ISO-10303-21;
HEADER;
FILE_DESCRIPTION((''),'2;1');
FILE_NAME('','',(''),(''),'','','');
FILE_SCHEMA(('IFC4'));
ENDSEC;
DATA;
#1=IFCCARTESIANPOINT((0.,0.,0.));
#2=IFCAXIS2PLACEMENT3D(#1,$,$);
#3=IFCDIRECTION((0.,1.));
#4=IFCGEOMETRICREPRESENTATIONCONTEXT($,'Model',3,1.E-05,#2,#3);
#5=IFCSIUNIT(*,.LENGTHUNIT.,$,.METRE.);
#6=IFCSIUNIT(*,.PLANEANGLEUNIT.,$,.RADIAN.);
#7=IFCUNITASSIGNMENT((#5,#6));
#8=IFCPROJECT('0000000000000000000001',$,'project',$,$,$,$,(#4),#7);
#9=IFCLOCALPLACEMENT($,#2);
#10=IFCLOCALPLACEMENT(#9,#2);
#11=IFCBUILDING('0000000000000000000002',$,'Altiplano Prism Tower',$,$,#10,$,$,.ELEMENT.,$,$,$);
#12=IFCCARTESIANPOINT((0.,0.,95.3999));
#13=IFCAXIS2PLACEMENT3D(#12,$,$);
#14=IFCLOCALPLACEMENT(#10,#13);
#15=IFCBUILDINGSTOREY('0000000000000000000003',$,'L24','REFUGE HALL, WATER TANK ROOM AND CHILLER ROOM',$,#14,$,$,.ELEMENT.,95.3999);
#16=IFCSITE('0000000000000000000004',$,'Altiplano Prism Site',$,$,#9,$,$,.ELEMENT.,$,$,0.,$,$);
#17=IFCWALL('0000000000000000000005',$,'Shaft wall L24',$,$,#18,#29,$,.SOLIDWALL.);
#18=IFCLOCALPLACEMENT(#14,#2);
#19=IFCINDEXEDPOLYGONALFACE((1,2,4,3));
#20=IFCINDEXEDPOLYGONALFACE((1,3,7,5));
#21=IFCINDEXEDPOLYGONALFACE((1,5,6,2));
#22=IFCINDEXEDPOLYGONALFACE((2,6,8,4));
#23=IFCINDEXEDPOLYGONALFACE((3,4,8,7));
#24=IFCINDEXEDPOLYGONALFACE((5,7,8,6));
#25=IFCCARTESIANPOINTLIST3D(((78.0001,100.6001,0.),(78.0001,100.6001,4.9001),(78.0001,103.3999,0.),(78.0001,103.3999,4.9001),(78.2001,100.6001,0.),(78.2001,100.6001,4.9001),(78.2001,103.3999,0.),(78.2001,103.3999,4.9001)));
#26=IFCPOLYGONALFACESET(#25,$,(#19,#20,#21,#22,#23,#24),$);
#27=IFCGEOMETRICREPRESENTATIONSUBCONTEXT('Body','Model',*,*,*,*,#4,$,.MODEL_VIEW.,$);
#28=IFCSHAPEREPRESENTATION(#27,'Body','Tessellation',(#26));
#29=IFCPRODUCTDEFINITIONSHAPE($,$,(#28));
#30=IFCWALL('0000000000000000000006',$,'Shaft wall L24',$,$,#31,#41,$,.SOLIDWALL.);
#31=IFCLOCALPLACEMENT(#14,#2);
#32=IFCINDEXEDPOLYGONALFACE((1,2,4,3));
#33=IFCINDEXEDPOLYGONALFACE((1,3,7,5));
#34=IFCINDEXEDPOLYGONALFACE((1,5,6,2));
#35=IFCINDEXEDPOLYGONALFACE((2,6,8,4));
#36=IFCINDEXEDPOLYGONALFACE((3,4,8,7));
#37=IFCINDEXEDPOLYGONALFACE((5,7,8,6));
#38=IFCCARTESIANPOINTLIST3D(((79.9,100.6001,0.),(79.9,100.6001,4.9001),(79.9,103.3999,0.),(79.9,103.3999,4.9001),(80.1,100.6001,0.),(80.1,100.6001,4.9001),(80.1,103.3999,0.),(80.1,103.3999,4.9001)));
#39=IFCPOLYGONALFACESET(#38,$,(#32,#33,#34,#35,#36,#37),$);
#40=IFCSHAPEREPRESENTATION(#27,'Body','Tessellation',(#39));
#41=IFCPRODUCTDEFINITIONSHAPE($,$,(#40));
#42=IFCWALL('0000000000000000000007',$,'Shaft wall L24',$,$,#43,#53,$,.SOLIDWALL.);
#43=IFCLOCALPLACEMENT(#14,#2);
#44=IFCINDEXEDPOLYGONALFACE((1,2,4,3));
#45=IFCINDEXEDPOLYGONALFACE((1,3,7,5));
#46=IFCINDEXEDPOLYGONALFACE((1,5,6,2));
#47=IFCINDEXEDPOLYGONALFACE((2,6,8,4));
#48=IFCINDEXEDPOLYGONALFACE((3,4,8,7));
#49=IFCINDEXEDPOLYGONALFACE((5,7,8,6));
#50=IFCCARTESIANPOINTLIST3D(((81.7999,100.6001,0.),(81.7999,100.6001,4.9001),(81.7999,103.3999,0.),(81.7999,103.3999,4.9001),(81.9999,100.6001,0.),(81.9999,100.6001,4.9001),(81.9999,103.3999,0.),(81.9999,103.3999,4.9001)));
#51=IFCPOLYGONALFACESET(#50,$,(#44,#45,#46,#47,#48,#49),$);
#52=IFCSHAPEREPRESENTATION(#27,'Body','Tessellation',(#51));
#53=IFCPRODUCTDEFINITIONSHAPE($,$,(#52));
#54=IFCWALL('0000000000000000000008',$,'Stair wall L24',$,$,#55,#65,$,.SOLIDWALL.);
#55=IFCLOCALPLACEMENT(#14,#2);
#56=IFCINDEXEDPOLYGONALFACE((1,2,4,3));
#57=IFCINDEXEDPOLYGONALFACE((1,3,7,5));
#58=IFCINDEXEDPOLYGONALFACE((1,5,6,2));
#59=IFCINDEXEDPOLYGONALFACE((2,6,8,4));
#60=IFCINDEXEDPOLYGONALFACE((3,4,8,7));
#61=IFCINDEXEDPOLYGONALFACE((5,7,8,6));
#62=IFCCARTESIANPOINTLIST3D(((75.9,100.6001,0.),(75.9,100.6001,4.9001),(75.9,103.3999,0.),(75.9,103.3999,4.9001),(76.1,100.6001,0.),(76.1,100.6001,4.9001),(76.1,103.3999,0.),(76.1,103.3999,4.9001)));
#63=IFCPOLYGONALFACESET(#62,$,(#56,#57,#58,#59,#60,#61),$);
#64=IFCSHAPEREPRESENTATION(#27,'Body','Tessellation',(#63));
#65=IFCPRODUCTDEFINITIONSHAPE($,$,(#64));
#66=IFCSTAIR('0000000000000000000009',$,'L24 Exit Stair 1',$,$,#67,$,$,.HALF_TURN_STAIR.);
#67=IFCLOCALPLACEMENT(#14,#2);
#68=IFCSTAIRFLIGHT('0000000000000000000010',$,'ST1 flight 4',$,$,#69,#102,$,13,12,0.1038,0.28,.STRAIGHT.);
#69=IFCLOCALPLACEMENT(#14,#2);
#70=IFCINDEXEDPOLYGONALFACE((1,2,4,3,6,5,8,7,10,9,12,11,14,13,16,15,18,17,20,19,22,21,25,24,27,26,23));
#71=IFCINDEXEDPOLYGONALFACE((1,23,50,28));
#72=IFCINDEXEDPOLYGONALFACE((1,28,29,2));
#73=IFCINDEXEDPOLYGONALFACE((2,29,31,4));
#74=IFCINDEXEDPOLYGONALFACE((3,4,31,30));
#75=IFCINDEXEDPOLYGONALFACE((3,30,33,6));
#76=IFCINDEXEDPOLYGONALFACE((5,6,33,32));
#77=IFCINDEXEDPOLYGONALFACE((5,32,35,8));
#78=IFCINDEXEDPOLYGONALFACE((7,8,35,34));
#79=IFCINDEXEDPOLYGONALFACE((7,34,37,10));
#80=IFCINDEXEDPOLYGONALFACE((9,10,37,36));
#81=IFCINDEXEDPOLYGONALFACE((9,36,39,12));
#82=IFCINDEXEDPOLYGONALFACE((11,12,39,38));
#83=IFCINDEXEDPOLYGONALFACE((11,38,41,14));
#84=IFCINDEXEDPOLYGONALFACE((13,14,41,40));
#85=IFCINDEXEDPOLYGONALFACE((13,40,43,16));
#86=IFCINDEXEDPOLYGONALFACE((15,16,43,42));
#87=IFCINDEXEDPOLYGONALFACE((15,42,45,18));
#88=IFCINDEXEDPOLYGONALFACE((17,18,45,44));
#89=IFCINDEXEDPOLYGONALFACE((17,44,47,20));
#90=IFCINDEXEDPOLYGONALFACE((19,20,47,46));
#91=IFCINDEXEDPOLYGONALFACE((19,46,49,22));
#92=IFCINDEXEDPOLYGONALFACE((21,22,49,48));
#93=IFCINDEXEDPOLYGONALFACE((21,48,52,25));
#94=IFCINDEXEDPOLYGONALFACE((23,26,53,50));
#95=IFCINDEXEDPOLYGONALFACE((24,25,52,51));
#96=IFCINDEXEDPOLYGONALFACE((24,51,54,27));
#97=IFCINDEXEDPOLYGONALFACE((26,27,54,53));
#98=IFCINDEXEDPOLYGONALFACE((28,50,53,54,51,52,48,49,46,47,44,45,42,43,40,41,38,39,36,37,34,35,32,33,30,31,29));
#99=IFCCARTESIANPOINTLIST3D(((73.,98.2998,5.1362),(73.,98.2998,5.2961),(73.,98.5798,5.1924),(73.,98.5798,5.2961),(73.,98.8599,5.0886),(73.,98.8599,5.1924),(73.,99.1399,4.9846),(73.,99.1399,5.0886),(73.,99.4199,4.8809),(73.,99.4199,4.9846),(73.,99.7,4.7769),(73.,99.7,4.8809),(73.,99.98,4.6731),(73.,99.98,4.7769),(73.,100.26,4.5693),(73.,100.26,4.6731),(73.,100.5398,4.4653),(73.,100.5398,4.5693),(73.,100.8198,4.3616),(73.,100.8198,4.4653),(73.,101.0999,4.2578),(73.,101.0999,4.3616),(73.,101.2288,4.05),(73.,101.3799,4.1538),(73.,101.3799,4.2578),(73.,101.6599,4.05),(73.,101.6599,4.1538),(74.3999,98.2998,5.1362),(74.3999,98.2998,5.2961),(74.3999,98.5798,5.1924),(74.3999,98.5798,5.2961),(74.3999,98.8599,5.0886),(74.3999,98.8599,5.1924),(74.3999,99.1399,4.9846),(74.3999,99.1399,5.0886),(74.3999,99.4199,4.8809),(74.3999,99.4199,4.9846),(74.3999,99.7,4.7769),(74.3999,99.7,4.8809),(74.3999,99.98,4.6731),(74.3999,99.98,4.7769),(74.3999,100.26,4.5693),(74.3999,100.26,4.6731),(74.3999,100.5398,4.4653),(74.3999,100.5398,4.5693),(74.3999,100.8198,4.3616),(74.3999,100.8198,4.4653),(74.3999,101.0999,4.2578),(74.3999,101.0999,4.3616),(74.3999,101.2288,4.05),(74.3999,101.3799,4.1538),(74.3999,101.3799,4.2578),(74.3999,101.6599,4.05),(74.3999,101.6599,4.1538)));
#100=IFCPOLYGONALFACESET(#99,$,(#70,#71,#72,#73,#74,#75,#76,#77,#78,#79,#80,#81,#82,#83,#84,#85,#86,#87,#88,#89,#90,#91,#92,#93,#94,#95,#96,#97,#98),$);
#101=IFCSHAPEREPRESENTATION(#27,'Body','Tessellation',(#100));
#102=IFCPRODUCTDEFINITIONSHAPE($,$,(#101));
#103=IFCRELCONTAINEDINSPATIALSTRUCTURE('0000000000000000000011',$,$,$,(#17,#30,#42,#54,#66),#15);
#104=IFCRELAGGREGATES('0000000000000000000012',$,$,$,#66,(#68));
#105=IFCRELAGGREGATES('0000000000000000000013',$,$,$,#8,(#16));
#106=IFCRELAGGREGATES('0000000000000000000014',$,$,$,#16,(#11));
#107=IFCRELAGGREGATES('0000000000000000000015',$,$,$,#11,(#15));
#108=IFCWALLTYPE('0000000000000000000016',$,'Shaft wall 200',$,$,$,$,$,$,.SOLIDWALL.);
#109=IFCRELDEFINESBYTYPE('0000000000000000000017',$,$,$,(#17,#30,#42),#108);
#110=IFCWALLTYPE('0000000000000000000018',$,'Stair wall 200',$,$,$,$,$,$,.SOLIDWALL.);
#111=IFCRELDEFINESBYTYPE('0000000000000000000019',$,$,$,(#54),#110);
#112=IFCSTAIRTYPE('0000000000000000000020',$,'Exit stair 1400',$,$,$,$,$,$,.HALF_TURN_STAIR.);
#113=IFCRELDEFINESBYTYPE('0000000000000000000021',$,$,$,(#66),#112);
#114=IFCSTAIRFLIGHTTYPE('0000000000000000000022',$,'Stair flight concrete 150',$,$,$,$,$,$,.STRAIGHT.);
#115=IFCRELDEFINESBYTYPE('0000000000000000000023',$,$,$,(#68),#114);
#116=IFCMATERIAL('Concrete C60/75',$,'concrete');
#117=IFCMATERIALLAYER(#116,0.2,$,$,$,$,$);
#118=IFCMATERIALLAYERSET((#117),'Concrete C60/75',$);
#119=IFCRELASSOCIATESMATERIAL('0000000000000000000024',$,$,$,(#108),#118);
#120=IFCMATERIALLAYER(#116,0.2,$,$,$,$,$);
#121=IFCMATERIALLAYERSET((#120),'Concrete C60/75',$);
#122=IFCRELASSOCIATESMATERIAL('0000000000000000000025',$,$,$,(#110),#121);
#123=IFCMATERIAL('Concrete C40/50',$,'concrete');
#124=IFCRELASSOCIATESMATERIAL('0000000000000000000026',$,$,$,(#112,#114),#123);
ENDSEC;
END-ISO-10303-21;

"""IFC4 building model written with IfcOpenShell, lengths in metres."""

from ifc_helpers import new_model, si_unit, direction, frame, frame_2d, origin, place, context, subcontext, project, spatial, polyline, rectangle, outline, extrude, material, layer, layer_set, type_object, element, aggregate, save


model = new_model("IFC4")

# Units and contexts
model_context = context("Model", 3, precision=1e-05, world=origin(), true_north=direction((0.0, 1.0)))
body_context = subcontext(model_context, "Body", "Model", "MODEL_VIEW")
ifc_project = project(units=[si_unit("LENGTHUNIT", "METRE"), si_unit("PLANEANGLEUNIT", "RADIAN")], contexts=[model_context])

# Site, building, storey
site_placement = place(None, origin())
site = spatial("IfcSite", under=ifc_project, at=site_placement, Name="Altiplano Prism Site", CompositionType="ELEMENT", RefElevation=0.0)
building_placement = place(site_placement, origin())
building = spatial("IfcBuilding", under=site, at=building_placement, Name="Altiplano Prism Tower", CompositionType="ELEMENT")
storey_placement = place(building_placement, frame((0.0, 0.0, 95.3999)))
storey = spatial("IfcBuildingStorey", under=building, at=storey_placement, Name="L24", Description="REFUGE HALL, WATER TANK ROOM AND CHILLER ROOM", CompositionType="ELEMENT", Elevation=95.3999)

# Walls
ifc_material_1 = material(Name="Concrete C60/75", Category="concrete")
ifc_layer_1 = layer(ifc_material_1, 0.2)
ifc_layer_set_1 = layer_set([ifc_layer_1], Name="Concrete C60/75")
wall_type_1 = type_object("IfcWallType", Name="Shaft wall 200", PredefinedType="SOLIDWALL", material=ifc_layer_set_1)
for number, where, z_axis, x_axis, name in (
    (1, (78.1001, 100.6001, 0.0), (0.0, 0.0, 1.0), (0.0, 1.0, 0.0), "Shaft wall L24"),
    (2, (80.0, 100.6001, 0.0), (0.0, 0.0, 1.0), (0.0, 1.0, 0.0), "Shaft wall L24"),
    (3, (81.8999, 100.6001, 0.0), (0.0, 0.0, 1.0), (0.0, 1.0, 0.0), "Shaft wall L24"),
):
    element("IfcWall", number, at=place(storey_placement, frame(where, z_axis=z_axis, x_axis=x_axis)), inside=storey, type_object=wall_type_1, Name=name, PredefinedType="SOLIDWALL", context=body_context, shape_type="SweptSolid", body=[
        extrude(rectangle(XDim=2.7998, YDim=0.2, at=frame_2d((1.3999, 0.0))), origin(), (0.0, 0.0, 1.0), 4.9001),
    ])

# Shared definitions
ifc_layer_2 = layer(ifc_material_1, 0.2)
ifc_layer_set_2 = layer_set([ifc_layer_2], Name="Concrete C60/75")
wall_type_2 = type_object("IfcWallType", Name="Stair wall 200", PredefinedType="SOLIDWALL", material=ifc_layer_set_2)

# Wall
wall_1_placement = place(storey_placement, frame((76.0, 100.6001, 0.0), z_axis=(0.0, 0.0, 1.0), x_axis=(0.0, 1.0, 0.0)))
element("IfcWall", 4, at=wall_1_placement, inside=storey, type_object=wall_type_2, Name="Stair wall L24", PredefinedType="SOLIDWALL", context=body_context, shape_type="SweptSolid", body=[
    extrude(rectangle(XDim=2.7998, YDim=0.2, at=frame_2d((1.3999, 0.0))), origin(), (0.0, 0.0, 1.0), 4.9001),
])

# Stair, stair flight
ifc_material_2 = material(Name="Concrete C40/50", Category="concrete")
stair_type = type_object("IfcStairType", Name="Exit stair 1400", PredefinedType="HALF_TURN_STAIR", material=ifc_material_2)
stair_placement = place(storey_placement, origin())
stair = element("IfcStair", 5, at=stair_placement, inside=storey, type_object=stair_type, Name="L24 Exit Stair 1", PredefinedType="HALF_TURN_STAIR")
stair_flight_type = type_object("IfcStairFlightType", Name="Stair flight concrete 150", PredefinedType="STRAIGHT", material=ifc_material_2)
stair_flight_placement = place(storey_placement, frame((73.7, 101.6599, 4.05), z_axis=(0.0, 0.0, 1.0), x_axis=(0.0, -1.0, 0.0)))
stair_flight = element("IfcStairFlight", 6, at=stair_flight_placement, type_object=stair_flight_type, Name="ST1 flight 4", NumberOfRisers=13, NumberOfTreads=12, PredefinedType="STRAIGHT", RiserHeight=0.1038, TreadLength=0.28, context=body_context, shape_type="SweptSolid", body=[
    extrude(outline(polyline([(0.0, 0.0), (0.0, 0.1038), (0.28, 0.1038), (0.28, 0.2078), (0.5601, 0.2078), (0.5601, 0.3115), (0.8401, 0.3115), (0.8401, 0.4153), (1.1201, 0.4153), (1.1201, 0.5193), (1.3999, 0.5193), (1.3999, 0.623), (1.6799, 0.623), (1.6799, 0.7268), (1.96, 0.7268), (1.96, 0.8308), (2.24, 0.8308), (2.24, 0.9346), (2.52, 0.9346), (2.52, 1.0386), (2.8, 1.0386), (2.8, 1.1423), (3.0801, 1.1423), (3.0801, 1.2461), (3.3601, 1.2461), (3.3601, 1.3501), (3.3601, 1.0862), (0.4312, 0.0), (0.0, 0.0)])), frame((0.0, 0.7, 0.0), z_axis=(0.0, -1.0, 0.0), x_axis=(1.0, 0.0, 0.0)), (0.0, 0.0, 1.0), 1.3999),
])
aggregate(stair, [stair_flight])

save(model, "model.ifc")
